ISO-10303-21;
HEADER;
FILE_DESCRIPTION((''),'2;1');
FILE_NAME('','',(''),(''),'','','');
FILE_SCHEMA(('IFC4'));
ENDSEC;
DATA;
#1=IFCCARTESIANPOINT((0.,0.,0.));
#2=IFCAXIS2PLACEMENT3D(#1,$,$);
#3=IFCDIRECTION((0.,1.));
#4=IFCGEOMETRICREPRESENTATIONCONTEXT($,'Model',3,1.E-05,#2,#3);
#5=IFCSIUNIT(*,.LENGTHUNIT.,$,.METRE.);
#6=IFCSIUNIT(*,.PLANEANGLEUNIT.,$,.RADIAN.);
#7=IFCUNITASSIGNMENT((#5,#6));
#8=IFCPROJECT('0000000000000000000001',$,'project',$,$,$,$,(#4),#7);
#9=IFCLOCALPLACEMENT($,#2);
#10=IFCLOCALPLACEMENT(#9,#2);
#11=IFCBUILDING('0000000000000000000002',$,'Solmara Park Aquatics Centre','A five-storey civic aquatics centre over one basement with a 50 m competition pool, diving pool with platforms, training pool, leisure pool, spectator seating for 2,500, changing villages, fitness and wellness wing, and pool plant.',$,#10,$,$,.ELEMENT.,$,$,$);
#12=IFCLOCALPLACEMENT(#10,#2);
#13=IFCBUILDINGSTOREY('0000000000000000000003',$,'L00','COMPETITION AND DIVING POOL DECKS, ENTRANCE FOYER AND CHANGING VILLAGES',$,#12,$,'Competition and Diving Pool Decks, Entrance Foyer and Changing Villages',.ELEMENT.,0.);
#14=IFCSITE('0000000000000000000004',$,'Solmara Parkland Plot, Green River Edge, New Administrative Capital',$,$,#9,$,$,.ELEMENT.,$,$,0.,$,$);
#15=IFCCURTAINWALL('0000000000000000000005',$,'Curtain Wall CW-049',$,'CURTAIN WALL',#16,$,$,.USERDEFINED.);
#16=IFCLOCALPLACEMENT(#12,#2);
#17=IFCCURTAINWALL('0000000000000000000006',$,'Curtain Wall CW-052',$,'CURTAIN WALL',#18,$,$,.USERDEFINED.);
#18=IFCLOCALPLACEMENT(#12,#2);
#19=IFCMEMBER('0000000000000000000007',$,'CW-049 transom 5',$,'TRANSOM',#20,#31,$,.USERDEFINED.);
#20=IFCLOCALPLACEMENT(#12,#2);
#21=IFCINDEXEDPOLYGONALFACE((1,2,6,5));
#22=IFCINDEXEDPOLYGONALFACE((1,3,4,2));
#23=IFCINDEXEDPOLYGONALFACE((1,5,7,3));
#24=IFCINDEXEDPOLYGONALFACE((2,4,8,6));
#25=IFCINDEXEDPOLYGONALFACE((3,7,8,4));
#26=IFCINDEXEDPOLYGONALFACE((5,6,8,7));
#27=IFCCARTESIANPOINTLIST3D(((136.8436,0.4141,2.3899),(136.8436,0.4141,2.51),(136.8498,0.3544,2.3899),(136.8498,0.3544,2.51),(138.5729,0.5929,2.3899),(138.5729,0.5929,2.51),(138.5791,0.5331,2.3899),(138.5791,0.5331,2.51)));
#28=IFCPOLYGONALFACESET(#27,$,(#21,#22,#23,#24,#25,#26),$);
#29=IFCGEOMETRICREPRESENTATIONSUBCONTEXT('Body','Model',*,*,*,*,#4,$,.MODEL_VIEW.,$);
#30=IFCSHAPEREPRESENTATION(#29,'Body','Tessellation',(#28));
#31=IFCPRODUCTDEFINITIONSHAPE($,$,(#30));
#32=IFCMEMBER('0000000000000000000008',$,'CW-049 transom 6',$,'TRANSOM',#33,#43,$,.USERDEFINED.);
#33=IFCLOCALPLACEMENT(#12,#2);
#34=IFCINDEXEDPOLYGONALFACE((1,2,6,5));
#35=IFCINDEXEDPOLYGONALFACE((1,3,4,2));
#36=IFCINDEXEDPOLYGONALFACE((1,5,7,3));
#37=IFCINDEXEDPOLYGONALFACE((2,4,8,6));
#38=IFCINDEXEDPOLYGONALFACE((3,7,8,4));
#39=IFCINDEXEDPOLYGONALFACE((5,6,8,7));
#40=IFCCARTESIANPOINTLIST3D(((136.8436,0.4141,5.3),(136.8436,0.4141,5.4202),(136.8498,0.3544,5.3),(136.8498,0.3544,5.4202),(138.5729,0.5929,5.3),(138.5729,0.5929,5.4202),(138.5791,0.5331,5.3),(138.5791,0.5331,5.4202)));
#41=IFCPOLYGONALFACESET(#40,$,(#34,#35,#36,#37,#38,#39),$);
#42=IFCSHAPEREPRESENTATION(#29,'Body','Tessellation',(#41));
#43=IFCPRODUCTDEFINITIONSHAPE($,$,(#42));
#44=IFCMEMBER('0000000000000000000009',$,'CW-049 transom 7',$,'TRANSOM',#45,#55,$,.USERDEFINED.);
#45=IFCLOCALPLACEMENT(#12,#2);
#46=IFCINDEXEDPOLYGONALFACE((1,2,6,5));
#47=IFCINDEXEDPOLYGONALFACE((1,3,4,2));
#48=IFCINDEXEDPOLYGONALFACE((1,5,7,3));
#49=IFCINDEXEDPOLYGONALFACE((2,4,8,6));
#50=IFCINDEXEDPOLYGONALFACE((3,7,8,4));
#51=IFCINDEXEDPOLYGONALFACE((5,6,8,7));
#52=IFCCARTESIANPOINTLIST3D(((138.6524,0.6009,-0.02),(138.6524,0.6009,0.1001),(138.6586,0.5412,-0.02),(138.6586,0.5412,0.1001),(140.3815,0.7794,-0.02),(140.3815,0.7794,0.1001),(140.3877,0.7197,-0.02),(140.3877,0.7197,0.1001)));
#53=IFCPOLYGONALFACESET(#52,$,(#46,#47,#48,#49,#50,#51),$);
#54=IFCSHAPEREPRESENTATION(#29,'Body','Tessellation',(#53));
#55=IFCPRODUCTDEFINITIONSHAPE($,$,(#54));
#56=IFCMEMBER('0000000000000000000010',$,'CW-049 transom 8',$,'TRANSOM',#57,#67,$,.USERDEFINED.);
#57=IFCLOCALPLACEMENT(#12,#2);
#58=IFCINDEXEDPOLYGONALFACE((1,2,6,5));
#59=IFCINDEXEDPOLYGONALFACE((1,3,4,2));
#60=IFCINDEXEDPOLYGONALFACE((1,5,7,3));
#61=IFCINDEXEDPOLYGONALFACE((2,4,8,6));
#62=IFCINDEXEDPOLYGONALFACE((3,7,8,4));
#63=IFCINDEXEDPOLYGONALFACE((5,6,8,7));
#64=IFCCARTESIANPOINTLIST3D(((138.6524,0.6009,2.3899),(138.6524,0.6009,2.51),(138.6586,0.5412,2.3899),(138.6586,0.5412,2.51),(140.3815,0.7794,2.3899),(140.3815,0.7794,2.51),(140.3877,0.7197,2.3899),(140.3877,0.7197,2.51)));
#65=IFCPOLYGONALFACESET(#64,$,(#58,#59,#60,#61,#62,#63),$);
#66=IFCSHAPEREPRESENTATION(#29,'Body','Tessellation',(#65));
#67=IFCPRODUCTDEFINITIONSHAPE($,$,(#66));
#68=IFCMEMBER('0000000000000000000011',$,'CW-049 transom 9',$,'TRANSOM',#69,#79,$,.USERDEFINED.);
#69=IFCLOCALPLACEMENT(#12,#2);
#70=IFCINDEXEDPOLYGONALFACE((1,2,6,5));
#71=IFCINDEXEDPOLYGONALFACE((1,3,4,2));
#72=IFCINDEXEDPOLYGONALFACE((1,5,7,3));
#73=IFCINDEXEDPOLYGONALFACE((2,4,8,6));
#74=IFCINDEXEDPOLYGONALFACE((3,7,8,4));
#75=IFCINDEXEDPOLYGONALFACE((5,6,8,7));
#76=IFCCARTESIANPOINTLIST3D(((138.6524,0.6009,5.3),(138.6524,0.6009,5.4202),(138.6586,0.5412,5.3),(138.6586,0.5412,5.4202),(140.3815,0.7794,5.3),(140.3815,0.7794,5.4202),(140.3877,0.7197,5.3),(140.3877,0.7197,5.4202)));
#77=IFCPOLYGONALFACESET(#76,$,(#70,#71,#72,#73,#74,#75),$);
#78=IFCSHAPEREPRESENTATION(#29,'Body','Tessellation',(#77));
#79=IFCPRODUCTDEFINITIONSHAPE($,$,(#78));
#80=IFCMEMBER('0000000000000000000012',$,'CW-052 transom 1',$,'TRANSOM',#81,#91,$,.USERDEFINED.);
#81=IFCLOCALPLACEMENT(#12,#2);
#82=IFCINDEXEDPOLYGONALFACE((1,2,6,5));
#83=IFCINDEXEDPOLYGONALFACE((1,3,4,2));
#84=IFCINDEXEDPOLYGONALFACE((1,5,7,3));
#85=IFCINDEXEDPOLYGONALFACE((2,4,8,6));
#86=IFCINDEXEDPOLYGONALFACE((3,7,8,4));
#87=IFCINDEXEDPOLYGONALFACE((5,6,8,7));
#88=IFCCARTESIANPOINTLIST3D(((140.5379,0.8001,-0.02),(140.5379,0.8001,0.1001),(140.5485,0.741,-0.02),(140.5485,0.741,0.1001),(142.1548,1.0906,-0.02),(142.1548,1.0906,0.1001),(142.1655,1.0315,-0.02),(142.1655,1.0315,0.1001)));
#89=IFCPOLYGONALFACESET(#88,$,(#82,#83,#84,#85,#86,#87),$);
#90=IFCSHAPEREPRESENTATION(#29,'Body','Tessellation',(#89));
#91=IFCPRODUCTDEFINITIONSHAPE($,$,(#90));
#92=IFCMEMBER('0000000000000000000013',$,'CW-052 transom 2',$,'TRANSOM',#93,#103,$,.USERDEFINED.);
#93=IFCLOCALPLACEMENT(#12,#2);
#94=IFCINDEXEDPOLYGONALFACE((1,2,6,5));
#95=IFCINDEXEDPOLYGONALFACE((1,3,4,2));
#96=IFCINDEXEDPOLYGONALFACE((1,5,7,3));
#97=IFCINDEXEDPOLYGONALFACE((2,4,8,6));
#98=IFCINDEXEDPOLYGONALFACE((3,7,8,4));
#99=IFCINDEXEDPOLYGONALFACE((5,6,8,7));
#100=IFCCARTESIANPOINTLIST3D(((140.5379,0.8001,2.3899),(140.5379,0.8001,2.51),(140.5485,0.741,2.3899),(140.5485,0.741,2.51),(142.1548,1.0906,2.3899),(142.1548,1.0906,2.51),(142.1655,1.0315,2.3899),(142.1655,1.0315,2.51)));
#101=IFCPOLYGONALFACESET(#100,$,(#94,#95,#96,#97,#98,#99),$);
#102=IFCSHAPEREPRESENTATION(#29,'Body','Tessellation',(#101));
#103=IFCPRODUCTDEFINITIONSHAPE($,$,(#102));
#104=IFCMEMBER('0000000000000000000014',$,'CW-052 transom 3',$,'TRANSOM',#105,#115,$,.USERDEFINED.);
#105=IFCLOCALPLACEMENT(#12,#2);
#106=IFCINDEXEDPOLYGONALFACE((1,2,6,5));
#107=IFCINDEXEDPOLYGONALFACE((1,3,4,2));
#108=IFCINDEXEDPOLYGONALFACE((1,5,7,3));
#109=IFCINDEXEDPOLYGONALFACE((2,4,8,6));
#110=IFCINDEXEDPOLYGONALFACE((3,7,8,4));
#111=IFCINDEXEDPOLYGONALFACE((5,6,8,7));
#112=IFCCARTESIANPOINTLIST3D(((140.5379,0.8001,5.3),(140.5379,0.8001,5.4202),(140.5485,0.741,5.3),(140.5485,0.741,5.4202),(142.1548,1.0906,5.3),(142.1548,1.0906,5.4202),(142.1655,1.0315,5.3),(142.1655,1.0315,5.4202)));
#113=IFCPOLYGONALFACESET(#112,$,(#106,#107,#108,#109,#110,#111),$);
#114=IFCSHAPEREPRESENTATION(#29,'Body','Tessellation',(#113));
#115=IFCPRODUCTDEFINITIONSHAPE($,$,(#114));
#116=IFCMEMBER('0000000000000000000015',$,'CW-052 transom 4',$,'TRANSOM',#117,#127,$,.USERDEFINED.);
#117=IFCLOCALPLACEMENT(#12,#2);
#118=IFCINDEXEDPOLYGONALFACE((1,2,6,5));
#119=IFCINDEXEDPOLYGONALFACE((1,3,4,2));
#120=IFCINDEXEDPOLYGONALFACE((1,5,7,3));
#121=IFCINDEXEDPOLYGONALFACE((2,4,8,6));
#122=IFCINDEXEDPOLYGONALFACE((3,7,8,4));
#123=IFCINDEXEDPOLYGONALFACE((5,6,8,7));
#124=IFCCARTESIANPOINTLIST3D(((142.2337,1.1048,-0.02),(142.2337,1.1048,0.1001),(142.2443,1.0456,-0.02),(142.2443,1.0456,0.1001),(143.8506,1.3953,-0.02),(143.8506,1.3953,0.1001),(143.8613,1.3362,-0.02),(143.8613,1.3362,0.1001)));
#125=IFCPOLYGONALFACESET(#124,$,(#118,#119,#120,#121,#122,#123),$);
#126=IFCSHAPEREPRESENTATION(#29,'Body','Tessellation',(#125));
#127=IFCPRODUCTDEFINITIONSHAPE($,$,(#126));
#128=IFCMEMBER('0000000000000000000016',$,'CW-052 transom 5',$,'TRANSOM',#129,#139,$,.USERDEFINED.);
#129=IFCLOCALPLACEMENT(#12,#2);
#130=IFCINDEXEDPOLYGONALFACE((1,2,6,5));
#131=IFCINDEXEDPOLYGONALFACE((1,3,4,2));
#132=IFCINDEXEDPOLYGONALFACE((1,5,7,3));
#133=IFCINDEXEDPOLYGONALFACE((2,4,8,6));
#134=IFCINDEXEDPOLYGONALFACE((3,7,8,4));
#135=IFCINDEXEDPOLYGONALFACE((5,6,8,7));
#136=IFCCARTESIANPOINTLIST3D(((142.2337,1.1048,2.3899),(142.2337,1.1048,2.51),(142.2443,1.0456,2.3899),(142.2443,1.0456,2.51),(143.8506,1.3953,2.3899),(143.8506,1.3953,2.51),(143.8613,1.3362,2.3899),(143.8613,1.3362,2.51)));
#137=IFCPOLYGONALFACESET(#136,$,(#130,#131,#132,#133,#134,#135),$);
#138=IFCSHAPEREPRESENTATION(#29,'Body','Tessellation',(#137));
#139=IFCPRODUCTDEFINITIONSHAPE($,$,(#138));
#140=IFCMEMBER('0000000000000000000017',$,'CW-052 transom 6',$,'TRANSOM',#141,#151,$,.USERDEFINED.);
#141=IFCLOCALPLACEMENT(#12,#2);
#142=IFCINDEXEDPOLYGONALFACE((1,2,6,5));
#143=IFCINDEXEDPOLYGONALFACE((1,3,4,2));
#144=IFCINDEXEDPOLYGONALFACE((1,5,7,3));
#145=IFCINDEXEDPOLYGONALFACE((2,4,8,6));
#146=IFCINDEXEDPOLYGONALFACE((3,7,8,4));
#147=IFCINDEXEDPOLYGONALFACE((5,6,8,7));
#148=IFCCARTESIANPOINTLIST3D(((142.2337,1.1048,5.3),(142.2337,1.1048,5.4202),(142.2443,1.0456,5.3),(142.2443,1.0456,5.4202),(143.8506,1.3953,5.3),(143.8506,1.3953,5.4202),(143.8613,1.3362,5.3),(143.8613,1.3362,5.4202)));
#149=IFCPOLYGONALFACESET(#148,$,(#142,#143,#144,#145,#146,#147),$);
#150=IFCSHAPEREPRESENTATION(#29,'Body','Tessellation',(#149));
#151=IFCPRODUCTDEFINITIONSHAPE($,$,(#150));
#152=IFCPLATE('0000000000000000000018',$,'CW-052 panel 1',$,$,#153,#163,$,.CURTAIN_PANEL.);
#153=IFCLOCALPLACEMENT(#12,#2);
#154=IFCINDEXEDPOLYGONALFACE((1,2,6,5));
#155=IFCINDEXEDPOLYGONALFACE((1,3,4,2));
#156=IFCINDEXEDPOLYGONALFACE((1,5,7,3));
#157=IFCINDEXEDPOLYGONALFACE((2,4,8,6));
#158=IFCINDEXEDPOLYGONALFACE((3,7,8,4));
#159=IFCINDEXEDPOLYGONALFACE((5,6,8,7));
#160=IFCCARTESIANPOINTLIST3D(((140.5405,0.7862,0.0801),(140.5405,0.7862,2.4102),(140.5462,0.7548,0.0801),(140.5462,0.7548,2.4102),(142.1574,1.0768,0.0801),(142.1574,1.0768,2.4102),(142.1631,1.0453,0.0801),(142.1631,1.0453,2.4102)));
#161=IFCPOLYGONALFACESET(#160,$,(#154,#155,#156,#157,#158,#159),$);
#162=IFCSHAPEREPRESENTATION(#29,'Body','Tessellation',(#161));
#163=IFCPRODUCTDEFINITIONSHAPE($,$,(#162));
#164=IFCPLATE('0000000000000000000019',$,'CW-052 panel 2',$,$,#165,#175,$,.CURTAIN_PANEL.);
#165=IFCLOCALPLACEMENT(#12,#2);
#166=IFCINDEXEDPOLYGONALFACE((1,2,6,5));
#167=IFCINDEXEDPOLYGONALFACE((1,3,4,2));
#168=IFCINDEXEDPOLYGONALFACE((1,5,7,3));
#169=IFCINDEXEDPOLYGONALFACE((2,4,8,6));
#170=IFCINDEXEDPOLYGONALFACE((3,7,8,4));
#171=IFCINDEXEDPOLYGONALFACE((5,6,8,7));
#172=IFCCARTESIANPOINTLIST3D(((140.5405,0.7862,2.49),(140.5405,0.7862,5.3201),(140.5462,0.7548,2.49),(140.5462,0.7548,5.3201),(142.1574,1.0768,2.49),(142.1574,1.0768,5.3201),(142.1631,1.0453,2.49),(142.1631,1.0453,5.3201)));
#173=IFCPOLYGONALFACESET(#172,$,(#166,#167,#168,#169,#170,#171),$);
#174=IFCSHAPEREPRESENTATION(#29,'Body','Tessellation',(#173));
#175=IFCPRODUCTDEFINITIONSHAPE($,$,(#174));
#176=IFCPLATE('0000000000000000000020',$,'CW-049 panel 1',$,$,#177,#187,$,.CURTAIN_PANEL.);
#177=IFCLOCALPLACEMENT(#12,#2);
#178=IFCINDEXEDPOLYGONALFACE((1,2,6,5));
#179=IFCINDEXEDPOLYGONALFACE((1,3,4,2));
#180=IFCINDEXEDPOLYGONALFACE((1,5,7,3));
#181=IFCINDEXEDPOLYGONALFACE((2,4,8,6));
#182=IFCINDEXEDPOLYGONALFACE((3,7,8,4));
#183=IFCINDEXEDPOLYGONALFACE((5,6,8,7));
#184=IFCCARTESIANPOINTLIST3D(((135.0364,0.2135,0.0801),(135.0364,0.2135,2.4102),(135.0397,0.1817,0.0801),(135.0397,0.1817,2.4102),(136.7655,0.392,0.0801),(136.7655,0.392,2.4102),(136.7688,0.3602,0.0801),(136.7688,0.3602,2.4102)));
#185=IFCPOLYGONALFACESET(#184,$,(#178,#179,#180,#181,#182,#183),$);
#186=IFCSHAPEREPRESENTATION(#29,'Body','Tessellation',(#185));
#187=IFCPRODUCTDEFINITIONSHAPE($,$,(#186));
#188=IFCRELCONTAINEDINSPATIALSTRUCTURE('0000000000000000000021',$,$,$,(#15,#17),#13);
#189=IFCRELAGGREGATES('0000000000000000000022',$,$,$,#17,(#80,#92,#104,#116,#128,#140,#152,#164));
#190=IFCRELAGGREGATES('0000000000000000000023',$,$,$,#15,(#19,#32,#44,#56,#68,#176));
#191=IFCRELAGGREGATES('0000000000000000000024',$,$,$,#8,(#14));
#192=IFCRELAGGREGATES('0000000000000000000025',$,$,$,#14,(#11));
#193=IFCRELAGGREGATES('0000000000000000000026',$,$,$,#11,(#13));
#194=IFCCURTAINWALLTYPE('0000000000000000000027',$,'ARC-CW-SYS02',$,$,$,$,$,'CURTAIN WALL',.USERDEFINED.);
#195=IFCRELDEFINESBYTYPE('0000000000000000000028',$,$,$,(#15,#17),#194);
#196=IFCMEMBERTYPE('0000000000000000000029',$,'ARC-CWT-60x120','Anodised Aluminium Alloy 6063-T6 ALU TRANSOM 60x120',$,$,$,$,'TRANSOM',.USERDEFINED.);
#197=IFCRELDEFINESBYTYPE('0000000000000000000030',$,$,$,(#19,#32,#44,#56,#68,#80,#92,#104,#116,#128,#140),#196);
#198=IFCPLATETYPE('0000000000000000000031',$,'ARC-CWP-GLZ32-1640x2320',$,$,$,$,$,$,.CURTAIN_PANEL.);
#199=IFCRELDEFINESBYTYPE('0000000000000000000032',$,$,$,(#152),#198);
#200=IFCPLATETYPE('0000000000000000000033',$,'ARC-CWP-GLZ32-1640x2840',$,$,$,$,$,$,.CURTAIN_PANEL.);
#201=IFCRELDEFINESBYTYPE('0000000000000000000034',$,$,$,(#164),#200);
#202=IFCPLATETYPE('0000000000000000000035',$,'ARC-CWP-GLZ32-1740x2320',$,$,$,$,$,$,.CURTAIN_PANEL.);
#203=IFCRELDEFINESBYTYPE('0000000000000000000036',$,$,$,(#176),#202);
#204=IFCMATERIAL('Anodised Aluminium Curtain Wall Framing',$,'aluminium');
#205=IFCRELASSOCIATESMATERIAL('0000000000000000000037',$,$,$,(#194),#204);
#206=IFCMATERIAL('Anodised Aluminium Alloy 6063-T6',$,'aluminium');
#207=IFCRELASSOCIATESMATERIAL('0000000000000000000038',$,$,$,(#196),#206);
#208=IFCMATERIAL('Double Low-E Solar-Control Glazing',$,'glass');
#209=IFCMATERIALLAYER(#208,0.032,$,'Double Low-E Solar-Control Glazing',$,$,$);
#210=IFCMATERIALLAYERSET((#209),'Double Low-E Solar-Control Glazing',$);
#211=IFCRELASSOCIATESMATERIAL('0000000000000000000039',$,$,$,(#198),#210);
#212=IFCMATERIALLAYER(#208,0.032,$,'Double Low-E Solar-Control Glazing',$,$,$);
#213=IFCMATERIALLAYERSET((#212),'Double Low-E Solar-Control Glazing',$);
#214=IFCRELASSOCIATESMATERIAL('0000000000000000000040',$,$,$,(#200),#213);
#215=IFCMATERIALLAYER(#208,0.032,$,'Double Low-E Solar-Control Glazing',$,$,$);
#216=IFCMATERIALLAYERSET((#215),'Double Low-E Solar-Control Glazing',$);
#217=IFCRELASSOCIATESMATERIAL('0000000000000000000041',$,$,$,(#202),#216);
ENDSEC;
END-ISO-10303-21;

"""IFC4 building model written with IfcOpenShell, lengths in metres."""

from ifc_helpers import new_model, si_unit, direction, frame, origin, origin_2d, place, context, subcontext, project, spatial, rectangle, extrude, material, layer, layer_set, material_profile, profile_set, type_object, element, aggregate, save


model = new_model("IFC4")

# Units and contexts
model_context = context("Model", 3, precision=1e-05, world=origin(), true_north=direction((0.0, 1.0)))
body_context = subcontext(model_context, "Body", "Model", "MODEL_VIEW")
ifc_project = project(units=[si_unit("LENGTHUNIT", "METRE"), si_unit("PLANEANGLEUNIT", "RADIAN")], contexts=[model_context])

# Site, building, storey
site_placement = place(None, origin())
site = spatial("IfcSite", under=ifc_project, at=site_placement, Name="Solmara Parkland Plot, Green River Edge, New Administrative Capital", CompositionType="ELEMENT", RefElevation=0.0)
building_placement = place(site_placement, origin())
building = spatial("IfcBuilding", under=site, at=building_placement, Name="Solmara Park Aquatics Centre", Description="A five-storey civic aquatics centre over one basement with a 50 m competition pool, diving pool with platforms, training pool, leisure pool, spectator seating for 2,500, changing villages, fitness and wellness wing, and pool plant.", CompositionType="ELEMENT")
storey_placement = place(building_placement, origin())
storey = spatial("IfcBuildingStorey", under=building, at=storey_placement, Name="L00", Description="COMPETITION AND DIVING POOL DECKS, ENTRANCE FOYER AND CHANGING VILLAGES", LongName="Competition and Diving Pool Decks, Entrance Foyer and Changing Villages", CompositionType="ELEMENT", Elevation=0.0)

# Curtain walls
ifc_material_1 = material(Name="Anodised Aluminium Curtain Wall Framing", Category="aluminium")
curtain_wall_type = type_object("IfcCurtainWallType", Name="ARC-CW-SYS02", ElementType="CURTAIN WALL", PredefinedType="USERDEFINED", material=ifc_material_1)
ifc_material_2 = material(Name="Anodised Aluminium Alloy 6063-T6", Category="aluminium")
curtain_wall_1_placement = place(storey_placement, origin())
curtain_wall_1 = element("IfcCurtainWall", 1, at=curtain_wall_1_placement, inside=storey, type_object=curtain_wall_type, Name="Curtain Wall CW-049", ObjectType="CURTAIN WALL", PredefinedType="USERDEFINED")
curtain_wall_2_placement = place(storey_placement, origin())
curtain_wall_2 = element("IfcCurtainWall", 2, at=curtain_wall_2_placement, inside=storey, type_object=curtain_wall_type, Name="Curtain Wall CW-052", ObjectType="CURTAIN WALL", PredefinedType="USERDEFINED")

# Members
ifc_material_profile_1 = material_profile(ifc_material_2, rectangle(XDim=0.0601, YDim=0.1201, at=origin_2d()), Name="ALU TRANSOM 60x120")
ifc_profile_set_1 = profile_set([ifc_material_profile_1], Name="Anodised Aluminium Alloy 6063-T6")
member_type_1 = type_object("IfcMemberType", Name="ARC-CWT-60x120", Description="Anodised Aluminium Alloy 6063-T6 ALU TRANSOM 60x120", ElementType="TRANSOM", PredefinedType="USERDEFINED", material=ifc_profile_set_1)
member_1_placement = place(storey_placement, frame((136.8467, 0.3843, 2.45), z_axis=(0.994702, 0.102799, 0.0), x_axis=(-0.102799, 0.994702, 0.0)))
member_1 = element("IfcMember", 3, at=member_1_placement, type_object=member_type_1, Name="CW-049 transom 5", ObjectType="TRANSOM", PredefinedType="USERDEFINED", context=body_context, shape_type="SweptSolid", body=[
    extrude(rectangle(XDim=0.0601, YDim=0.1201, at=origin_2d()), origin(), (0.0, 0.0, 1.0), 1.7385),
])
member_2_placement = place(storey_placement, frame((136.8467, 0.3843, 5.3601), z_axis=(0.994702, 0.102799, 0.0), x_axis=(-0.102799, 0.994702, 0.0)))
member_2 = element("IfcMember", 4, at=member_2_placement, type_object=member_type_1, Name="CW-049 transom 6", ObjectType="TRANSOM", PredefinedType="USERDEFINED", context=body_context, shape_type="SweptSolid", body=[
    extrude(rectangle(XDim=0.0601, YDim=0.1201, at=origin_2d()), origin(), (0.0, 0.0, 1.0), 1.7385),
])
member_3_placement = place(storey_placement, frame((138.6555, 0.571, 0.04), z_axis=(0.994715, 0.102674, 0.0), x_axis=(-0.102674, 0.994715, 0.0)))
member_3 = element("IfcMember", 5, at=member_3_placement, type_object=member_type_1, Name="CW-049 transom 7", ObjectType="TRANSOM", PredefinedType="USERDEFINED", context=body_context, shape_type="SweptSolid", body=[
    extrude(rectangle(XDim=0.0601, YDim=0.1201, at=origin_2d()), origin(), (0.0, 0.0, 1.0), 1.7383),
])
member_4_placement = place(storey_placement, frame((138.6555, 0.571, 2.45), z_axis=(0.994715, 0.102674, 0.0), x_axis=(-0.102674, 0.994715, 0.0)))
member_4 = element("IfcMember", 6, at=member_4_placement, type_object=member_type_1, Name="CW-049 transom 8", ObjectType="TRANSOM", PredefinedType="USERDEFINED", context=body_context, shape_type="SweptSolid", body=[
    extrude(rectangle(XDim=0.0601, YDim=0.1201, at=origin_2d()), origin(), (0.0, 0.0, 1.0), 1.7383),
])
member_5_placement = place(storey_placement, frame((138.6555, 0.571, 5.3601), z_axis=(0.994715, 0.102674, 0.0), x_axis=(-0.102674, 0.994715, 0.0)))
member_5 = element("IfcMember", 7, at=member_5_placement, type_object=member_type_1, Name="CW-049 transom 9", ObjectType="TRANSOM", PredefinedType="USERDEFINED", context=body_context, shape_type="SweptSolid", body=[
    extrude(rectangle(XDim=0.0601, YDim=0.1201, at=origin_2d()), origin(), (0.0, 0.0, 1.0), 1.7383),
])
member_6_placement = place(storey_placement, frame((140.5432, 0.7705, 0.04), z_axis=(0.984239, 0.176845, 0.0), x_axis=(-0.176845, 0.984239, 0.0)))
member_6 = element("IfcMember", 8, at=member_6_placement, type_object=member_type_1, Name="CW-052 transom 1", ObjectType="TRANSOM", PredefinedType="USERDEFINED", context=body_context, shape_type="SweptSolid", body=[
    extrude(rectangle(XDim=0.0601, YDim=0.1201, at=origin_2d()), origin(), (0.0, 0.0, 1.0), 1.6428),
])
member_7_placement = place(storey_placement, frame((140.5432, 0.7705, 2.45), z_axis=(0.984239, 0.176845, 0.0), x_axis=(-0.176845, 0.984239, 0.0)))
member_7 = element("IfcMember", 9, at=member_7_placement, type_object=member_type_1, Name="CW-052 transom 2", ObjectType="TRANSOM", PredefinedType="USERDEFINED", context=body_context, shape_type="SweptSolid", body=[
    extrude(rectangle(XDim=0.0601, YDim=0.1201, at=origin_2d()), origin(), (0.0, 0.0, 1.0), 1.6428),
])
member_8_placement = place(storey_placement, frame((140.5432, 0.7705, 5.3601), z_axis=(0.984239, 0.176845, 0.0), x_axis=(-0.176845, 0.984239, 0.0)))
member_8 = element("IfcMember", 10, at=member_8_placement, type_object=member_type_1, Name="CW-052 transom 3", ObjectType="TRANSOM", PredefinedType="USERDEFINED", context=body_context, shape_type="SweptSolid", body=[
    extrude(rectangle(XDim=0.0601, YDim=0.1201, at=origin_2d()), origin(), (0.0, 0.0, 1.0), 1.6428),
])
member_9_placement = place(storey_placement, frame((142.239, 1.0752, 0.04), z_axis=(0.984239, 0.176845, 0.0), x_axis=(-0.176845, 0.984239, 0.0)))
member_9 = element("IfcMember", 11, at=member_9_placement, type_object=member_type_1, Name="CW-052 transom 4", ObjectType="TRANSOM", PredefinedType="USERDEFINED", context=body_context, shape_type="SweptSolid", body=[
    extrude(rectangle(XDim=0.0601, YDim=0.1201, at=origin_2d()), origin(), (0.0, 0.0, 1.0), 1.6428),
])
member_10_placement = place(storey_placement, frame((142.239, 1.0752, 2.45), z_axis=(0.984239, 0.176845, 0.0), x_axis=(-0.176845, 0.984239, 0.0)))
member_10 = element("IfcMember", 12, at=member_10_placement, type_object=member_type_1, Name="CW-052 transom 5", ObjectType="TRANSOM", PredefinedType="USERDEFINED", context=body_context, shape_type="SweptSolid", body=[
    extrude(rectangle(XDim=0.0601, YDim=0.1201, at=origin_2d()), origin(), (0.0, 0.0, 1.0), 1.6428),
])
member_11_placement = place(storey_placement, frame((142.239, 1.0752, 5.3601), z_axis=(0.984239, 0.176845, 0.0), x_axis=(-0.176845, 0.984239, 0.0)))
member_11 = element("IfcMember", 13, at=member_11_placement, type_object=member_type_1, Name="CW-052 transom 6", ObjectType="TRANSOM", PredefinedType="USERDEFINED", context=body_context, shape_type="SweptSolid", body=[
    extrude(rectangle(XDim=0.0601, YDim=0.1201, at=origin_2d()), origin(), (0.0, 0.0, 1.0), 1.6428),
])

# Plates
ifc_material_3 = material(Name="Double Low-E Solar-Control Glazing", Category="glass")
ifc_layer_1 = layer(ifc_material_3, 0.032, Name="Double Low-E Solar-Control Glazing")
ifc_layer_set_1 = layer_set([ifc_layer_1], Name="Double Low-E Solar-Control Glazing")
plate_type_1 = type_object("IfcPlateType", Name="ARC-CWP-GLZ32-1640x2320", PredefinedType="CURTAIN_PANEL", material=ifc_layer_set_1)
plate_1_placement = place(storey_placement, frame((141.3518, 0.9158, 0.0801), z_axis=(0.0, 0.0, 1.0), x_axis=(0.984239, 0.176846, 0.0)))
plate_1 = element("IfcPlate", 14, at=plate_1_placement, type_object=plate_type_1, Name="CW-052 panel 1", PredefinedType="CURTAIN_PANEL", context=body_context, shape_type="SweptSolid", body=[
    extrude(rectangle(XDim=1.6428, YDim=0.032, at=origin_2d()), origin(), (0.0, 0.0, 1.0), 2.3301),
])
ifc_layer_2 = layer(ifc_material_3, 0.032, Name="Double Low-E Solar-Control Glazing")
ifc_layer_set_2 = layer_set([ifc_layer_2], Name="Double Low-E Solar-Control Glazing")
plate_type_2 = type_object("IfcPlateType", Name="ARC-CWP-GLZ32-1640x2840", PredefinedType="CURTAIN_PANEL", material=ifc_layer_set_2)
plate_2_placement = place(storey_placement, frame((141.3518, 0.9158, 2.49), z_axis=(0.0, 0.0, 1.0), x_axis=(0.984239, 0.176846, 0.0)))
plate_2 = element("IfcPlate", 15, at=plate_2_placement, type_object=plate_type_2, Name="CW-052 panel 2", PredefinedType="CURTAIN_PANEL", context=body_context, shape_type="SweptSolid", body=[
    extrude(rectangle(XDim=1.6428, YDim=0.032, at=origin_2d()), origin(), (0.0, 0.0, 1.0), 2.8301),
])
aggregate(curtain_wall_2, [member_6, member_7, member_8, member_9, member_10, member_11, plate_1, plate_2])
ifc_layer_3 = layer(ifc_material_3, 0.032, Name="Double Low-E Solar-Control Glazing")
ifc_layer_set_3 = layer_set([ifc_layer_3], Name="Double Low-E Solar-Control Glazing")
plate_type_3 = type_object("IfcPlateType", Name="ARC-CWP-GLZ32-1740x2320", PredefinedType="CURTAIN_PANEL", material=ifc_layer_set_3)
plate_3_placement = place(storey_placement, frame((135.9026, 0.2869, 0.0801), z_axis=(0.0, 0.0, 1.0), x_axis=(0.994711, 0.102709, 0.0)))
plate_3 = element("IfcPlate", 16, at=plate_3_placement, type_object=plate_type_3, Name="CW-049 panel 1", PredefinedType="CURTAIN_PANEL", context=body_context, shape_type="SweptSolid", body=[
    extrude(rectangle(XDim=1.7383, YDim=0.032, at=origin_2d()), origin(), (0.0, 0.0, 1.0), 2.3301),
])
aggregate(curtain_wall_1, [member_1, member_2, member_3, member_4, member_5, plate_3])

save(model, "model.ifc")
